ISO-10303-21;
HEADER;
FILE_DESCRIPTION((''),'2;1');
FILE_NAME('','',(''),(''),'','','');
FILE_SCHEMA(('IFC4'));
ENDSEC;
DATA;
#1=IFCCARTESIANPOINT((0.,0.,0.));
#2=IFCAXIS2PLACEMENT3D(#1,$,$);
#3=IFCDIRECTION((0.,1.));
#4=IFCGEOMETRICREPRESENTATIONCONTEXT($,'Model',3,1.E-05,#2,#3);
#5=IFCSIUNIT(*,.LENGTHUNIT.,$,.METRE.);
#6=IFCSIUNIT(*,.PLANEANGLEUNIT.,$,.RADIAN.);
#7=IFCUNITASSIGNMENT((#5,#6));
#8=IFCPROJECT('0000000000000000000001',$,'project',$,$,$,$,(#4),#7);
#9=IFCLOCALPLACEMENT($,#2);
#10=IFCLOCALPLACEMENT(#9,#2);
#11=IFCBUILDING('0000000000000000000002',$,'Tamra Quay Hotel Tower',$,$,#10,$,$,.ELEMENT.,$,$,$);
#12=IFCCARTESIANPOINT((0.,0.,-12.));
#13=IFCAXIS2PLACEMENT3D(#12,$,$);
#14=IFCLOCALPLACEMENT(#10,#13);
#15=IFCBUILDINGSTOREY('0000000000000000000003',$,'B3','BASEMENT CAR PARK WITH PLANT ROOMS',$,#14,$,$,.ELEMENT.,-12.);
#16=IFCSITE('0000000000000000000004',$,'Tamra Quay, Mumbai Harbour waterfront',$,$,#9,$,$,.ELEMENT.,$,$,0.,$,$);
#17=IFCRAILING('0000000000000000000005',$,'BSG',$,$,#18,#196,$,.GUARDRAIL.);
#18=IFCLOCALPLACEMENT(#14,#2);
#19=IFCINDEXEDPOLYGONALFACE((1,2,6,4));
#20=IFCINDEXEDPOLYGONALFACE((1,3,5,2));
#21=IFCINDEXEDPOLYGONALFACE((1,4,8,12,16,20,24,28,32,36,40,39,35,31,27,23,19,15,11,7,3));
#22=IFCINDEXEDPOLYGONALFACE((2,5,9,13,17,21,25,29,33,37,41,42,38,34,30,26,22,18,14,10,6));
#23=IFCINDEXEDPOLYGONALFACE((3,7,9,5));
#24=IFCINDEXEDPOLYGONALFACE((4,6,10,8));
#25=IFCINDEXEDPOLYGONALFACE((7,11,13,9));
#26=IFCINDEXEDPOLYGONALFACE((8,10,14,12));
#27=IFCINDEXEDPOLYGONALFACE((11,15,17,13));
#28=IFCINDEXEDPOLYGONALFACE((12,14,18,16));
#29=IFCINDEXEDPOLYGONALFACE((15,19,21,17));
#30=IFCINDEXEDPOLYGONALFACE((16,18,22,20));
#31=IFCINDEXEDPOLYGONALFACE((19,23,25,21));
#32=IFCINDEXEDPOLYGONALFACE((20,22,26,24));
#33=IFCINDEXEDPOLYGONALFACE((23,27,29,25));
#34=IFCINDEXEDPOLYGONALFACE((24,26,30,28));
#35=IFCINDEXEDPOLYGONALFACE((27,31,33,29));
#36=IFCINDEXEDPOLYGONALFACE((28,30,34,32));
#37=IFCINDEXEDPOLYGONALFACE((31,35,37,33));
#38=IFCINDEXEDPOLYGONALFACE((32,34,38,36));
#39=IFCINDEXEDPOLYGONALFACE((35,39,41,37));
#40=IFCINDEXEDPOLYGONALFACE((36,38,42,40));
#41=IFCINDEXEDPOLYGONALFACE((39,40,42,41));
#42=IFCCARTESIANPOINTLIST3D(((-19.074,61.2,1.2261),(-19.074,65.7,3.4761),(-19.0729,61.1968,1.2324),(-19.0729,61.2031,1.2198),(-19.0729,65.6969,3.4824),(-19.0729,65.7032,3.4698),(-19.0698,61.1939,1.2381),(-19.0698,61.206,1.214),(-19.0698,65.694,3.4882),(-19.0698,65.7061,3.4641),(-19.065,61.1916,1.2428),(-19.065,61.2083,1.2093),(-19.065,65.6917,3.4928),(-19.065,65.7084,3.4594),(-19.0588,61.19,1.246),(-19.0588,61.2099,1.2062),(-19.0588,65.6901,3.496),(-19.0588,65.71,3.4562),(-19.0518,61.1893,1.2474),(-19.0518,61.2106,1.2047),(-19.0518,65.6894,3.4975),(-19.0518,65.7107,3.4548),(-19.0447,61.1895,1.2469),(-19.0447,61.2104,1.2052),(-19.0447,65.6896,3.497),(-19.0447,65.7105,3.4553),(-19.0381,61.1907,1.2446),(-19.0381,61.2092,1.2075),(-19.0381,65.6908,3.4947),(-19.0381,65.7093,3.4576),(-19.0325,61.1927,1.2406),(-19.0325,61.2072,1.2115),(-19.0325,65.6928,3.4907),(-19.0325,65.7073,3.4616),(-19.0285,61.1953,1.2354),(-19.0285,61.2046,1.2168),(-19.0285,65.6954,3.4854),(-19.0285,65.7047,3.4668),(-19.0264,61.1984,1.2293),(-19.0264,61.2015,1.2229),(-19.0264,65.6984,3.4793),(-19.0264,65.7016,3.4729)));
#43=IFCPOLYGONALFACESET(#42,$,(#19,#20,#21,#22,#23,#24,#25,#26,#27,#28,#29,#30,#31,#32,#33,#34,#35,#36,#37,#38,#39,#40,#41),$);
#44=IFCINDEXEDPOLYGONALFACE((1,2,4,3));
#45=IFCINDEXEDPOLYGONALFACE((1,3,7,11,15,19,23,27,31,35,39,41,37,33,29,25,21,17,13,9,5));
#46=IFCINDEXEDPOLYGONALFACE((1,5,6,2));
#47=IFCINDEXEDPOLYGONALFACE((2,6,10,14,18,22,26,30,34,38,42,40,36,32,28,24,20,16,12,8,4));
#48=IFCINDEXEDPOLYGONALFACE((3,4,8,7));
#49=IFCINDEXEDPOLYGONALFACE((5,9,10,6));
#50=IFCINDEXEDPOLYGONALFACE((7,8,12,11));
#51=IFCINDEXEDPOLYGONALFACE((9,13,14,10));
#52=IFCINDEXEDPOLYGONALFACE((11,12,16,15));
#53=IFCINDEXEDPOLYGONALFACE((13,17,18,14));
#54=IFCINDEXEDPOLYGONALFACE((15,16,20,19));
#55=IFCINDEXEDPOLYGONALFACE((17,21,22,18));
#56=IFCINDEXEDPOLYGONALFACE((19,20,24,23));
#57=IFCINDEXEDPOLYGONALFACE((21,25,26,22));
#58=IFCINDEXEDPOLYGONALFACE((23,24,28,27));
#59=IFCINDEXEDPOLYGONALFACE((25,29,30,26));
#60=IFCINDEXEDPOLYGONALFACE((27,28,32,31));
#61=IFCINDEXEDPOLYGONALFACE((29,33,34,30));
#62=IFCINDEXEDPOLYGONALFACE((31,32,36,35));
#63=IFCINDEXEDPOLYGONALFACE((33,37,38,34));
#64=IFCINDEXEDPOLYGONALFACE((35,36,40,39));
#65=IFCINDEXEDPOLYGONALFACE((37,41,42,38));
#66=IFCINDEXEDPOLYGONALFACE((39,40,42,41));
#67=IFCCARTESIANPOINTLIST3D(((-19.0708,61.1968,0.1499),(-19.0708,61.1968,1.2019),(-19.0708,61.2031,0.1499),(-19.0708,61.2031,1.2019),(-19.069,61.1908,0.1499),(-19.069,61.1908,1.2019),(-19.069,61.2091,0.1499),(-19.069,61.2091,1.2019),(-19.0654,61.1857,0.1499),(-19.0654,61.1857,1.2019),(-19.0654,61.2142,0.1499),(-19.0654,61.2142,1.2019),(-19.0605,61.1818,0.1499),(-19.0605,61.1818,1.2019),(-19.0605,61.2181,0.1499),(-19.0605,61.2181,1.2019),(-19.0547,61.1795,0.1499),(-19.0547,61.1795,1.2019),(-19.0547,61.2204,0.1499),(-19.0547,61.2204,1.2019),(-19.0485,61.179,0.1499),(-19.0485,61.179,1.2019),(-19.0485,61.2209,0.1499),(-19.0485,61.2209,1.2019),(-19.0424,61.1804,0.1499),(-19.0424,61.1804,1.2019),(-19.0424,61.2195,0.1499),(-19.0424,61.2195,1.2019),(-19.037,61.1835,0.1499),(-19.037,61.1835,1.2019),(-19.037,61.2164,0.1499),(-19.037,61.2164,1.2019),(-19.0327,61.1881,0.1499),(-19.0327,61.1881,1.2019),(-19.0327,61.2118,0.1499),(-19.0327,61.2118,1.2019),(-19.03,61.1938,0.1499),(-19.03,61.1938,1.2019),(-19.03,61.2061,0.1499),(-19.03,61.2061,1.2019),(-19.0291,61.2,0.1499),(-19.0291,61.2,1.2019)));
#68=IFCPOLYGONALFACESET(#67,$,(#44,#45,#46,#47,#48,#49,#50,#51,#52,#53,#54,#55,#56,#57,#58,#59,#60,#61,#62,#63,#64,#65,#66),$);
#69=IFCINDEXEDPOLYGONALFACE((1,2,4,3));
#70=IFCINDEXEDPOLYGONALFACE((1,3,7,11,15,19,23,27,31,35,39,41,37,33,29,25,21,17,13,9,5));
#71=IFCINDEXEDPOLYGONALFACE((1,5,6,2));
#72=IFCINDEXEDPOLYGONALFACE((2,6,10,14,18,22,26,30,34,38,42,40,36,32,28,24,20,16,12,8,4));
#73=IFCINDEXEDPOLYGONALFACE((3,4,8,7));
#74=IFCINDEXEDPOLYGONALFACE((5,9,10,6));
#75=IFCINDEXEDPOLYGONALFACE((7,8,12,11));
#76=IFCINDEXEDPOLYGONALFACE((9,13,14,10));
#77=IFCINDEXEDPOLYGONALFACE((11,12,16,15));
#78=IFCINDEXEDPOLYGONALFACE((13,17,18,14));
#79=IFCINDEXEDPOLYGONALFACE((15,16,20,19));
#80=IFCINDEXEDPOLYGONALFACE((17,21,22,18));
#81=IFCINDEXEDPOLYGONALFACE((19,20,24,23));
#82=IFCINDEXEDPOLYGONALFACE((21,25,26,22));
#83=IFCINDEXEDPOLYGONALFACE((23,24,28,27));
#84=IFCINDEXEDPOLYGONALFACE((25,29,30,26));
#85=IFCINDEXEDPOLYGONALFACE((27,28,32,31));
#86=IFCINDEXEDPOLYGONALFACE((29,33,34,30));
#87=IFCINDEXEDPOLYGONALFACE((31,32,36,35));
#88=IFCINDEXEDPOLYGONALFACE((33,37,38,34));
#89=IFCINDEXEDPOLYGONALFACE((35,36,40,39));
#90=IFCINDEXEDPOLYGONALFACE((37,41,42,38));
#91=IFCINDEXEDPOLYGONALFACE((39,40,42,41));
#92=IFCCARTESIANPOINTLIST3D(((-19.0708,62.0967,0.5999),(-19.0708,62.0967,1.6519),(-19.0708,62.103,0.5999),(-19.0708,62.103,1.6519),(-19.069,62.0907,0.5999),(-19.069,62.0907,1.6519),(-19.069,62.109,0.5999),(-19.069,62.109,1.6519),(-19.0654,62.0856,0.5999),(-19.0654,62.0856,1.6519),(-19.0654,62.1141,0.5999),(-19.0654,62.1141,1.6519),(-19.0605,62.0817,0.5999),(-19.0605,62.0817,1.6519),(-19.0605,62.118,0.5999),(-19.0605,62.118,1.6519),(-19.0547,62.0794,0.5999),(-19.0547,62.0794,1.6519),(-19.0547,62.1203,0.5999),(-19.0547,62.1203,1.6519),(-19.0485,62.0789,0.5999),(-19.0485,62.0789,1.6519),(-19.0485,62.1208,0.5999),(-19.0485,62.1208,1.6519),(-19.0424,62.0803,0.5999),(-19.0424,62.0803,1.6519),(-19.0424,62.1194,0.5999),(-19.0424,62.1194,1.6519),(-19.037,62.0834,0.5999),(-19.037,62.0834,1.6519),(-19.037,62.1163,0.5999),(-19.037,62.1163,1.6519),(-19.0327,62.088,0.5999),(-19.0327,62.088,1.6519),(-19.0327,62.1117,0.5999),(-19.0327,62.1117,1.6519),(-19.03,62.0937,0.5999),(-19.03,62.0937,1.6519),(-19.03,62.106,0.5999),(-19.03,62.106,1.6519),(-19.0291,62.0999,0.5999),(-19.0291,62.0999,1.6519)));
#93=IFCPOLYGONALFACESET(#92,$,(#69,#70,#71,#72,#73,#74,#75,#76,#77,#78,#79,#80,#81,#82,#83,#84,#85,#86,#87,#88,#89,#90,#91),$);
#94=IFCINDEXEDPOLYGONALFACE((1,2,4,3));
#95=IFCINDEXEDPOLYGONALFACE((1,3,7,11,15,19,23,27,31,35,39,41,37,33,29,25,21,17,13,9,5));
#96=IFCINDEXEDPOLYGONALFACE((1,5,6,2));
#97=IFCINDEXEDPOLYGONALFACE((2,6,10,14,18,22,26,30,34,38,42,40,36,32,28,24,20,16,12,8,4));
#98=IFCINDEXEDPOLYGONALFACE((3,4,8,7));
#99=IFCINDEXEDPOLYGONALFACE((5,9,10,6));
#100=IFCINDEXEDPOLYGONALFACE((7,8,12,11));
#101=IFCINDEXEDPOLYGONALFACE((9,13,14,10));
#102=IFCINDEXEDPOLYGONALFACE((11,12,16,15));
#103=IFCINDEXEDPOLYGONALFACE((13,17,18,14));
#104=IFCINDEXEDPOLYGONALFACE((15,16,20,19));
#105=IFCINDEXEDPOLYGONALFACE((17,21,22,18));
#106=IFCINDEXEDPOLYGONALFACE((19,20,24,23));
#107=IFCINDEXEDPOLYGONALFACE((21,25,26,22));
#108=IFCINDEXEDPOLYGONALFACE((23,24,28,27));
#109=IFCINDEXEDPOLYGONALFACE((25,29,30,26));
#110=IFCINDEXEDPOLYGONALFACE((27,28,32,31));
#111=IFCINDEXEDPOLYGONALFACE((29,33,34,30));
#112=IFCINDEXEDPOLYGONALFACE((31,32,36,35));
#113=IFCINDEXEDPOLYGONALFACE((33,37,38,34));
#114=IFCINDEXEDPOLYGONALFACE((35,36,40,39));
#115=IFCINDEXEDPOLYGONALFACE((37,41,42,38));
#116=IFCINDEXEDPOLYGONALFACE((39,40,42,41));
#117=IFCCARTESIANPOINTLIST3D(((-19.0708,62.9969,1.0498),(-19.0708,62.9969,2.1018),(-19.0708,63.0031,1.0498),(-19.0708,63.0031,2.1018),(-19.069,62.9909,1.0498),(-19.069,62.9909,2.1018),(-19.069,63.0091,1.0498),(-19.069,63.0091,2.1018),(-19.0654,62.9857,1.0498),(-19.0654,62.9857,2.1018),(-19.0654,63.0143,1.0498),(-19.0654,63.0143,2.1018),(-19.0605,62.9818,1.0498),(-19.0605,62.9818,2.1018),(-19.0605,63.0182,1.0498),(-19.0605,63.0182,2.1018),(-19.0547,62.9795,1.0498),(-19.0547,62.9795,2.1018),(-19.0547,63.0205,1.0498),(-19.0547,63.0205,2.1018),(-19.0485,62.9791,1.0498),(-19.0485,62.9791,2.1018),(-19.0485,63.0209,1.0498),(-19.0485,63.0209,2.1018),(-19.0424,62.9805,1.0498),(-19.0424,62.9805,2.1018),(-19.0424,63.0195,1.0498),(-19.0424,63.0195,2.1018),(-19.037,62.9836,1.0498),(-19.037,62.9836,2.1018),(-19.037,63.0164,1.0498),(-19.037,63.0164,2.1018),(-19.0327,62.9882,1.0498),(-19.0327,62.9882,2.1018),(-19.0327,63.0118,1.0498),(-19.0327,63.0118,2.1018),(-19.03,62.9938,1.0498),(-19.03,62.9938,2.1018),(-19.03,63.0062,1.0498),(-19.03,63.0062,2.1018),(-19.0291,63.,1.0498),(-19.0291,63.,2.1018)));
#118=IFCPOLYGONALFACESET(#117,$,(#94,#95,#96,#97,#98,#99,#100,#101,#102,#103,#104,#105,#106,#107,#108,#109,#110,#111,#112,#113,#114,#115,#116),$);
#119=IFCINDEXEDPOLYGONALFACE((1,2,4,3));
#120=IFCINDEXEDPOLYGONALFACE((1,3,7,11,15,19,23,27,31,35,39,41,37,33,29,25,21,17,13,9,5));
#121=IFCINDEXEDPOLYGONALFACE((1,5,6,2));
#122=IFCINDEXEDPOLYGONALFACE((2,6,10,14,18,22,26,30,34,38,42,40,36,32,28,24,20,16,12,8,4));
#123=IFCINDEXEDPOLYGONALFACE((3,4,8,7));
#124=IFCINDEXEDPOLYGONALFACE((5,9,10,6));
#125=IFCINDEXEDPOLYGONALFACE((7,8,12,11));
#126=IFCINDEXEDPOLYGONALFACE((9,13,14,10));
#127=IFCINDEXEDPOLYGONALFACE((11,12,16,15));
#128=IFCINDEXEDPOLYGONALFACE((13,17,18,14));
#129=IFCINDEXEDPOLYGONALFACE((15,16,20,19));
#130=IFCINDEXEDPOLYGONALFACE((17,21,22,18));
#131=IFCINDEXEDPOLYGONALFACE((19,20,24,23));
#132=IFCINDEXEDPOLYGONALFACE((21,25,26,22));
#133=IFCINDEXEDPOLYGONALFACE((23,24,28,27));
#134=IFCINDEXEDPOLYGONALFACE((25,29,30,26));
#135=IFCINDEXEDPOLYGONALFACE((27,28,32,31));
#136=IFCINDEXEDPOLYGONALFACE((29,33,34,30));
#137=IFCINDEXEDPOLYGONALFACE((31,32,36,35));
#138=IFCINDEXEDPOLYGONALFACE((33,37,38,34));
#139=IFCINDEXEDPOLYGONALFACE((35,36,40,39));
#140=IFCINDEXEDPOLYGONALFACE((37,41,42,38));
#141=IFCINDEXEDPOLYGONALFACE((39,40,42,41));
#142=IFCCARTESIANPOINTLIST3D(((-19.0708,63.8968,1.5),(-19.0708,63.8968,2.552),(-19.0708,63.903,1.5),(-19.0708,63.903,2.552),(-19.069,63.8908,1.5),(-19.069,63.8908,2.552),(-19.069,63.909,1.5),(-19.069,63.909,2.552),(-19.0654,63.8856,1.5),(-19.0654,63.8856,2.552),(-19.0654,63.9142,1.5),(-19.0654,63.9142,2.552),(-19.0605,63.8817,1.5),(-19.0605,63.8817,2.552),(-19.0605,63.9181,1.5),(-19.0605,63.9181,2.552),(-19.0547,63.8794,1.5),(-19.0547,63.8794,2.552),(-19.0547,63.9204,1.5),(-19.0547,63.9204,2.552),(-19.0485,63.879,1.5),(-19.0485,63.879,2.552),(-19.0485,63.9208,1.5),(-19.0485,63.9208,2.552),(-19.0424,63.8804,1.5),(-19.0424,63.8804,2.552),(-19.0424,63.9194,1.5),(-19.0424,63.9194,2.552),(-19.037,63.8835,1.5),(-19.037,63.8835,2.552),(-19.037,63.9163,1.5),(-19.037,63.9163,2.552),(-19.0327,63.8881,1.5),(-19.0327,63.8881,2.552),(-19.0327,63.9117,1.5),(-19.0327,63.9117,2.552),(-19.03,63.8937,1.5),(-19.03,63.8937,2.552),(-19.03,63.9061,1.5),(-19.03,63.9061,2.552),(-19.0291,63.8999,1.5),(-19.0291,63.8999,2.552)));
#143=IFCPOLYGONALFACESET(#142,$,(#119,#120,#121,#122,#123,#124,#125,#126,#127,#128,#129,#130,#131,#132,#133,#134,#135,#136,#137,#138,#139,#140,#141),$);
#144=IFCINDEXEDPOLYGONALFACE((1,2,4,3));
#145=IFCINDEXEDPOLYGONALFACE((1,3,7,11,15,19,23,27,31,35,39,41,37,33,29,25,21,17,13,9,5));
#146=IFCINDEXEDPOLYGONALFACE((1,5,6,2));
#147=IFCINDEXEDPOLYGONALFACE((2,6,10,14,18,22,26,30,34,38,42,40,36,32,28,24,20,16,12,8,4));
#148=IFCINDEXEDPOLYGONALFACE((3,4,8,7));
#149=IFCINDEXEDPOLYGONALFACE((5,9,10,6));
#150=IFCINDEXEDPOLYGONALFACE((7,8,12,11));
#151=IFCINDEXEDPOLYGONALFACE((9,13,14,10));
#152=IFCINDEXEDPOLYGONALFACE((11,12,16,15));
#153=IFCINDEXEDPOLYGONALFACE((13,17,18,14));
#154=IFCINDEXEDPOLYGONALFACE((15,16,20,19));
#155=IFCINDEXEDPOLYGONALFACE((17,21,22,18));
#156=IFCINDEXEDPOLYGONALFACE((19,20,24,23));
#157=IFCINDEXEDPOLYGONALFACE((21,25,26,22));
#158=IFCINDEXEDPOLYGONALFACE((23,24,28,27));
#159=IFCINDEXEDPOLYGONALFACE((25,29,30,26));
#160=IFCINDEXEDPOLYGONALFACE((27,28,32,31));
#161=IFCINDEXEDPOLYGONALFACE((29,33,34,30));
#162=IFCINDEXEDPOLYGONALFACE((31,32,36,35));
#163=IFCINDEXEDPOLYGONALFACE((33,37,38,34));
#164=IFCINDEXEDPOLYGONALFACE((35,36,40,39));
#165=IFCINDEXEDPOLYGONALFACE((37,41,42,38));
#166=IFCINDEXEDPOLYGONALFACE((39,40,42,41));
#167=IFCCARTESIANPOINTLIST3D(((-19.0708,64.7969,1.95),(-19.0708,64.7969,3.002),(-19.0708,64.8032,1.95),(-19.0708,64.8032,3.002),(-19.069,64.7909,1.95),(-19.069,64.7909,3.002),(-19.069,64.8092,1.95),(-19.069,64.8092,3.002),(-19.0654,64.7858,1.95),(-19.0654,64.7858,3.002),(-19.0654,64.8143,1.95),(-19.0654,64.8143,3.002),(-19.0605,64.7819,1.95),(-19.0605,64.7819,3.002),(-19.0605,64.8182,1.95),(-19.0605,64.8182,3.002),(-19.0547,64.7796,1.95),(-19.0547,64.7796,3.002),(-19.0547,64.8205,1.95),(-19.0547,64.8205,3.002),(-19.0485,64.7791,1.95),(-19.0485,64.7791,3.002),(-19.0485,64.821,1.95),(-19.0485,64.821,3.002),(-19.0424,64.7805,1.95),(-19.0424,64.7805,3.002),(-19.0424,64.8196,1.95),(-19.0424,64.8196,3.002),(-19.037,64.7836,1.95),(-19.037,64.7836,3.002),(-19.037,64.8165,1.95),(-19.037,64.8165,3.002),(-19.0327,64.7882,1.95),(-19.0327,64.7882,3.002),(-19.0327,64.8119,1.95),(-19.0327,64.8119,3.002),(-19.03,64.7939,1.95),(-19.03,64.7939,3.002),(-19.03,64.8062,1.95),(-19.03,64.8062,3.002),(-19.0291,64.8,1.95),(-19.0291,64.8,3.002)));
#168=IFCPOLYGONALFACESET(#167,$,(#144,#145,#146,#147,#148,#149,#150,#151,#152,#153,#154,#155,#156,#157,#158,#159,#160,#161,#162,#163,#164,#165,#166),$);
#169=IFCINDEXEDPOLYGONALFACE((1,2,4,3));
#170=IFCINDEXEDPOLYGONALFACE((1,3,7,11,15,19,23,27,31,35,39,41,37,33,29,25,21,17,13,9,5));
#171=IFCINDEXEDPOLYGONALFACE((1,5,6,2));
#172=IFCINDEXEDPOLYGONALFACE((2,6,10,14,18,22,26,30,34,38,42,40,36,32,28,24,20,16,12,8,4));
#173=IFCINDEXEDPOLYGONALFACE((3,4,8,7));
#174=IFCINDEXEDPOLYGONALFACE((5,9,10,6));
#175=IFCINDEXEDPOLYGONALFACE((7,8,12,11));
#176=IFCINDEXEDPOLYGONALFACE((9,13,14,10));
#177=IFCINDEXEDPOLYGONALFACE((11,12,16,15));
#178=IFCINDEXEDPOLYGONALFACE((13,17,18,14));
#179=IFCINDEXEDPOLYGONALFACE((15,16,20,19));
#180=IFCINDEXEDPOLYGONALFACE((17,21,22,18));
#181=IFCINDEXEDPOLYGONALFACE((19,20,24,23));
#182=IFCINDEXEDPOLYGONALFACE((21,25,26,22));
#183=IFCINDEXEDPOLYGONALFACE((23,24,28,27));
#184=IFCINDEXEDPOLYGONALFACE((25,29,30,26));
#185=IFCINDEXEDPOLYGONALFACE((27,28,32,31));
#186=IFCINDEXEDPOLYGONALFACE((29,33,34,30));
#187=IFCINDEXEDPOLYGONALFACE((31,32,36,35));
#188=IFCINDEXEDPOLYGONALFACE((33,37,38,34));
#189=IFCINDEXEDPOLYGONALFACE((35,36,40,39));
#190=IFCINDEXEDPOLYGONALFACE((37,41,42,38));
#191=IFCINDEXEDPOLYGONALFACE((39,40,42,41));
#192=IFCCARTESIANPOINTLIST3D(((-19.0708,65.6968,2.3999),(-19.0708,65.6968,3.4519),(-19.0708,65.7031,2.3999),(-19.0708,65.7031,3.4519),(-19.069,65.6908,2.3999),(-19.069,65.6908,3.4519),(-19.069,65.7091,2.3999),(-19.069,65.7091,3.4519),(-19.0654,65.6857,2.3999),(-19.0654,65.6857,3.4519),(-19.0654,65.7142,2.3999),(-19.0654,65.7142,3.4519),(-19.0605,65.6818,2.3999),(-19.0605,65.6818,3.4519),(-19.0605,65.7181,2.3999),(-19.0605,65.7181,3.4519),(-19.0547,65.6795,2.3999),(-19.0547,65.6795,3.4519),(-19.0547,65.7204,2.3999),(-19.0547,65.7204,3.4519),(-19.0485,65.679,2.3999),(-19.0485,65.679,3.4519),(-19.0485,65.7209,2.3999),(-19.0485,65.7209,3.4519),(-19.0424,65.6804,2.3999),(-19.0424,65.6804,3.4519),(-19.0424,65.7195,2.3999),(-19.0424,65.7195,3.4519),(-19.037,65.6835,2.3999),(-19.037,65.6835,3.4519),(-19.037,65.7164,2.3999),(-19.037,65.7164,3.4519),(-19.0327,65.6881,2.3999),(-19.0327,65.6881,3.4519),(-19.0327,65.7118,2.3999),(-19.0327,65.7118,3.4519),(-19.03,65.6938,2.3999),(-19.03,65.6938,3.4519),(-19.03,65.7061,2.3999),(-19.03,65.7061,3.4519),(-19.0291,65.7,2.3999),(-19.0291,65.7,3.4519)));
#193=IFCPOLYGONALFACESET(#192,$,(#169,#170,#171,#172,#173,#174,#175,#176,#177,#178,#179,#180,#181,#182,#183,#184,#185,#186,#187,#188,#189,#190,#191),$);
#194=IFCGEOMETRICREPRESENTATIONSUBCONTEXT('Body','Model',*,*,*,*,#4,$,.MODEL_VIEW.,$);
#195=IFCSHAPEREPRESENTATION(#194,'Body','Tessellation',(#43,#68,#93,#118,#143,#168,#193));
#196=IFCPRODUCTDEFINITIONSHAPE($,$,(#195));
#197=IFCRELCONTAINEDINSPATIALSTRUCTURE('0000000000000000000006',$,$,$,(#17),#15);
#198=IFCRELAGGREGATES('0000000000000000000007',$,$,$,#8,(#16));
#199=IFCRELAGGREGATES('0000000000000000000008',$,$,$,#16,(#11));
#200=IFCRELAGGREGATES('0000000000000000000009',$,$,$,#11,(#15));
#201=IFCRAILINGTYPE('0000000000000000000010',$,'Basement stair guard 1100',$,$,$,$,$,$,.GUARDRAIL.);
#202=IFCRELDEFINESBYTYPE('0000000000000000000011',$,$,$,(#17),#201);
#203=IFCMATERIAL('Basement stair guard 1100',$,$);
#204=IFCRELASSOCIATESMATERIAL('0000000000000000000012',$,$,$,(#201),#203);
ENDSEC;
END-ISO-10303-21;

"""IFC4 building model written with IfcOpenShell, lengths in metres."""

from ifc_helpers import new_model, si_unit, direction, frame, origin, origin_2d, place, context, subcontext, project, spatial, circle, extrude, material, type_object, element, save


model = new_model("IFC4")

# Units and contexts
model_context = context("Model", 3, precision=1e-05, world=origin(), true_north=direction((0.0, 1.0)))
body_context = subcontext(model_context, "Body", "Model", "MODEL_VIEW")
ifc_project = project(units=[si_unit("LENGTHUNIT", "METRE"), si_unit("PLANEANGLEUNIT", "RADIAN")], contexts=[model_context])

# Site, building, storey
site_placement = place(None, origin())
site = spatial("IfcSite", under=ifc_project, at=site_placement, Name="Tamra Quay, Mumbai Harbour waterfront", CompositionType="ELEMENT", RefElevation=0.0)
building_placement = place(site_placement, origin())
building = spatial("IfcBuilding", under=site, at=building_placement, Name="Tamra Quay Hotel Tower", CompositionType="ELEMENT")
storey_placement = place(building_placement, frame((0.0, 0.0, -12.0)))
storey = spatial("IfcBuildingStorey", under=building, at=storey_placement, Name="B3", Description="BASEMENT CAR PARK WITH PLANT ROOMS", CompositionType="ELEMENT", Elevation=-12.0)

# Railing
ifc_material_1 = material(Name="Basement stair guard 1100")
railing_type_1 = type_object("IfcRailingType", Name="Basement stair guard 1100", PredefinedType="GUARDRAIL", material=ifc_material_1)
railing_1_placement = place(storey_placement, frame((-19.05, 61.2, 0.1499)))
element("IfcRailing", 1, at=railing_1_placement, inside=storey, type_object=railing_type_1, Name="BSG", PredefinedType="GUARDRAIL", context=body_context, shape_type="SweptSolid", body=[
    extrude(circle(Radius=0.0239, at=origin_2d()), frame((0.0, 0.0, 1.0762), z_axis=(0.0, 0.894427, 0.447214), x_axis=(-1.0, 0.0, 0.0)), (0.0, 0.0, 1.0), 5.0312),
    extrude(circle(Radius=0.021, at=origin_2d()), origin(), (0.0, 0.0, 1.0), 1.052),
    extrude(circle(Radius=0.021, at=origin_2d()), frame((0.0, 0.8999, 0.45)), (0.0, 0.0, 1.0), 1.052),
    extrude(circle(Radius=0.021, at=origin_2d()), frame((0.0, 1.8, 0.8999)), (0.0, 0.0, 1.0), 1.052),
    extrude(circle(Radius=0.021, at=origin_2d()), frame((0.0, 2.7, 1.3501)), (0.0, 0.0, 1.0), 1.052),
    extrude(circle(Radius=0.021, at=origin_2d()), frame((0.0, 3.6001, 1.8)), (0.0, 0.0, 1.0), 1.052),
    extrude(circle(Radius=0.021, at=origin_2d()), frame((0.0, 4.5, 2.25)), (0.0, 0.0, 1.0), 1.052),
])

save(model, "model.ifc")
